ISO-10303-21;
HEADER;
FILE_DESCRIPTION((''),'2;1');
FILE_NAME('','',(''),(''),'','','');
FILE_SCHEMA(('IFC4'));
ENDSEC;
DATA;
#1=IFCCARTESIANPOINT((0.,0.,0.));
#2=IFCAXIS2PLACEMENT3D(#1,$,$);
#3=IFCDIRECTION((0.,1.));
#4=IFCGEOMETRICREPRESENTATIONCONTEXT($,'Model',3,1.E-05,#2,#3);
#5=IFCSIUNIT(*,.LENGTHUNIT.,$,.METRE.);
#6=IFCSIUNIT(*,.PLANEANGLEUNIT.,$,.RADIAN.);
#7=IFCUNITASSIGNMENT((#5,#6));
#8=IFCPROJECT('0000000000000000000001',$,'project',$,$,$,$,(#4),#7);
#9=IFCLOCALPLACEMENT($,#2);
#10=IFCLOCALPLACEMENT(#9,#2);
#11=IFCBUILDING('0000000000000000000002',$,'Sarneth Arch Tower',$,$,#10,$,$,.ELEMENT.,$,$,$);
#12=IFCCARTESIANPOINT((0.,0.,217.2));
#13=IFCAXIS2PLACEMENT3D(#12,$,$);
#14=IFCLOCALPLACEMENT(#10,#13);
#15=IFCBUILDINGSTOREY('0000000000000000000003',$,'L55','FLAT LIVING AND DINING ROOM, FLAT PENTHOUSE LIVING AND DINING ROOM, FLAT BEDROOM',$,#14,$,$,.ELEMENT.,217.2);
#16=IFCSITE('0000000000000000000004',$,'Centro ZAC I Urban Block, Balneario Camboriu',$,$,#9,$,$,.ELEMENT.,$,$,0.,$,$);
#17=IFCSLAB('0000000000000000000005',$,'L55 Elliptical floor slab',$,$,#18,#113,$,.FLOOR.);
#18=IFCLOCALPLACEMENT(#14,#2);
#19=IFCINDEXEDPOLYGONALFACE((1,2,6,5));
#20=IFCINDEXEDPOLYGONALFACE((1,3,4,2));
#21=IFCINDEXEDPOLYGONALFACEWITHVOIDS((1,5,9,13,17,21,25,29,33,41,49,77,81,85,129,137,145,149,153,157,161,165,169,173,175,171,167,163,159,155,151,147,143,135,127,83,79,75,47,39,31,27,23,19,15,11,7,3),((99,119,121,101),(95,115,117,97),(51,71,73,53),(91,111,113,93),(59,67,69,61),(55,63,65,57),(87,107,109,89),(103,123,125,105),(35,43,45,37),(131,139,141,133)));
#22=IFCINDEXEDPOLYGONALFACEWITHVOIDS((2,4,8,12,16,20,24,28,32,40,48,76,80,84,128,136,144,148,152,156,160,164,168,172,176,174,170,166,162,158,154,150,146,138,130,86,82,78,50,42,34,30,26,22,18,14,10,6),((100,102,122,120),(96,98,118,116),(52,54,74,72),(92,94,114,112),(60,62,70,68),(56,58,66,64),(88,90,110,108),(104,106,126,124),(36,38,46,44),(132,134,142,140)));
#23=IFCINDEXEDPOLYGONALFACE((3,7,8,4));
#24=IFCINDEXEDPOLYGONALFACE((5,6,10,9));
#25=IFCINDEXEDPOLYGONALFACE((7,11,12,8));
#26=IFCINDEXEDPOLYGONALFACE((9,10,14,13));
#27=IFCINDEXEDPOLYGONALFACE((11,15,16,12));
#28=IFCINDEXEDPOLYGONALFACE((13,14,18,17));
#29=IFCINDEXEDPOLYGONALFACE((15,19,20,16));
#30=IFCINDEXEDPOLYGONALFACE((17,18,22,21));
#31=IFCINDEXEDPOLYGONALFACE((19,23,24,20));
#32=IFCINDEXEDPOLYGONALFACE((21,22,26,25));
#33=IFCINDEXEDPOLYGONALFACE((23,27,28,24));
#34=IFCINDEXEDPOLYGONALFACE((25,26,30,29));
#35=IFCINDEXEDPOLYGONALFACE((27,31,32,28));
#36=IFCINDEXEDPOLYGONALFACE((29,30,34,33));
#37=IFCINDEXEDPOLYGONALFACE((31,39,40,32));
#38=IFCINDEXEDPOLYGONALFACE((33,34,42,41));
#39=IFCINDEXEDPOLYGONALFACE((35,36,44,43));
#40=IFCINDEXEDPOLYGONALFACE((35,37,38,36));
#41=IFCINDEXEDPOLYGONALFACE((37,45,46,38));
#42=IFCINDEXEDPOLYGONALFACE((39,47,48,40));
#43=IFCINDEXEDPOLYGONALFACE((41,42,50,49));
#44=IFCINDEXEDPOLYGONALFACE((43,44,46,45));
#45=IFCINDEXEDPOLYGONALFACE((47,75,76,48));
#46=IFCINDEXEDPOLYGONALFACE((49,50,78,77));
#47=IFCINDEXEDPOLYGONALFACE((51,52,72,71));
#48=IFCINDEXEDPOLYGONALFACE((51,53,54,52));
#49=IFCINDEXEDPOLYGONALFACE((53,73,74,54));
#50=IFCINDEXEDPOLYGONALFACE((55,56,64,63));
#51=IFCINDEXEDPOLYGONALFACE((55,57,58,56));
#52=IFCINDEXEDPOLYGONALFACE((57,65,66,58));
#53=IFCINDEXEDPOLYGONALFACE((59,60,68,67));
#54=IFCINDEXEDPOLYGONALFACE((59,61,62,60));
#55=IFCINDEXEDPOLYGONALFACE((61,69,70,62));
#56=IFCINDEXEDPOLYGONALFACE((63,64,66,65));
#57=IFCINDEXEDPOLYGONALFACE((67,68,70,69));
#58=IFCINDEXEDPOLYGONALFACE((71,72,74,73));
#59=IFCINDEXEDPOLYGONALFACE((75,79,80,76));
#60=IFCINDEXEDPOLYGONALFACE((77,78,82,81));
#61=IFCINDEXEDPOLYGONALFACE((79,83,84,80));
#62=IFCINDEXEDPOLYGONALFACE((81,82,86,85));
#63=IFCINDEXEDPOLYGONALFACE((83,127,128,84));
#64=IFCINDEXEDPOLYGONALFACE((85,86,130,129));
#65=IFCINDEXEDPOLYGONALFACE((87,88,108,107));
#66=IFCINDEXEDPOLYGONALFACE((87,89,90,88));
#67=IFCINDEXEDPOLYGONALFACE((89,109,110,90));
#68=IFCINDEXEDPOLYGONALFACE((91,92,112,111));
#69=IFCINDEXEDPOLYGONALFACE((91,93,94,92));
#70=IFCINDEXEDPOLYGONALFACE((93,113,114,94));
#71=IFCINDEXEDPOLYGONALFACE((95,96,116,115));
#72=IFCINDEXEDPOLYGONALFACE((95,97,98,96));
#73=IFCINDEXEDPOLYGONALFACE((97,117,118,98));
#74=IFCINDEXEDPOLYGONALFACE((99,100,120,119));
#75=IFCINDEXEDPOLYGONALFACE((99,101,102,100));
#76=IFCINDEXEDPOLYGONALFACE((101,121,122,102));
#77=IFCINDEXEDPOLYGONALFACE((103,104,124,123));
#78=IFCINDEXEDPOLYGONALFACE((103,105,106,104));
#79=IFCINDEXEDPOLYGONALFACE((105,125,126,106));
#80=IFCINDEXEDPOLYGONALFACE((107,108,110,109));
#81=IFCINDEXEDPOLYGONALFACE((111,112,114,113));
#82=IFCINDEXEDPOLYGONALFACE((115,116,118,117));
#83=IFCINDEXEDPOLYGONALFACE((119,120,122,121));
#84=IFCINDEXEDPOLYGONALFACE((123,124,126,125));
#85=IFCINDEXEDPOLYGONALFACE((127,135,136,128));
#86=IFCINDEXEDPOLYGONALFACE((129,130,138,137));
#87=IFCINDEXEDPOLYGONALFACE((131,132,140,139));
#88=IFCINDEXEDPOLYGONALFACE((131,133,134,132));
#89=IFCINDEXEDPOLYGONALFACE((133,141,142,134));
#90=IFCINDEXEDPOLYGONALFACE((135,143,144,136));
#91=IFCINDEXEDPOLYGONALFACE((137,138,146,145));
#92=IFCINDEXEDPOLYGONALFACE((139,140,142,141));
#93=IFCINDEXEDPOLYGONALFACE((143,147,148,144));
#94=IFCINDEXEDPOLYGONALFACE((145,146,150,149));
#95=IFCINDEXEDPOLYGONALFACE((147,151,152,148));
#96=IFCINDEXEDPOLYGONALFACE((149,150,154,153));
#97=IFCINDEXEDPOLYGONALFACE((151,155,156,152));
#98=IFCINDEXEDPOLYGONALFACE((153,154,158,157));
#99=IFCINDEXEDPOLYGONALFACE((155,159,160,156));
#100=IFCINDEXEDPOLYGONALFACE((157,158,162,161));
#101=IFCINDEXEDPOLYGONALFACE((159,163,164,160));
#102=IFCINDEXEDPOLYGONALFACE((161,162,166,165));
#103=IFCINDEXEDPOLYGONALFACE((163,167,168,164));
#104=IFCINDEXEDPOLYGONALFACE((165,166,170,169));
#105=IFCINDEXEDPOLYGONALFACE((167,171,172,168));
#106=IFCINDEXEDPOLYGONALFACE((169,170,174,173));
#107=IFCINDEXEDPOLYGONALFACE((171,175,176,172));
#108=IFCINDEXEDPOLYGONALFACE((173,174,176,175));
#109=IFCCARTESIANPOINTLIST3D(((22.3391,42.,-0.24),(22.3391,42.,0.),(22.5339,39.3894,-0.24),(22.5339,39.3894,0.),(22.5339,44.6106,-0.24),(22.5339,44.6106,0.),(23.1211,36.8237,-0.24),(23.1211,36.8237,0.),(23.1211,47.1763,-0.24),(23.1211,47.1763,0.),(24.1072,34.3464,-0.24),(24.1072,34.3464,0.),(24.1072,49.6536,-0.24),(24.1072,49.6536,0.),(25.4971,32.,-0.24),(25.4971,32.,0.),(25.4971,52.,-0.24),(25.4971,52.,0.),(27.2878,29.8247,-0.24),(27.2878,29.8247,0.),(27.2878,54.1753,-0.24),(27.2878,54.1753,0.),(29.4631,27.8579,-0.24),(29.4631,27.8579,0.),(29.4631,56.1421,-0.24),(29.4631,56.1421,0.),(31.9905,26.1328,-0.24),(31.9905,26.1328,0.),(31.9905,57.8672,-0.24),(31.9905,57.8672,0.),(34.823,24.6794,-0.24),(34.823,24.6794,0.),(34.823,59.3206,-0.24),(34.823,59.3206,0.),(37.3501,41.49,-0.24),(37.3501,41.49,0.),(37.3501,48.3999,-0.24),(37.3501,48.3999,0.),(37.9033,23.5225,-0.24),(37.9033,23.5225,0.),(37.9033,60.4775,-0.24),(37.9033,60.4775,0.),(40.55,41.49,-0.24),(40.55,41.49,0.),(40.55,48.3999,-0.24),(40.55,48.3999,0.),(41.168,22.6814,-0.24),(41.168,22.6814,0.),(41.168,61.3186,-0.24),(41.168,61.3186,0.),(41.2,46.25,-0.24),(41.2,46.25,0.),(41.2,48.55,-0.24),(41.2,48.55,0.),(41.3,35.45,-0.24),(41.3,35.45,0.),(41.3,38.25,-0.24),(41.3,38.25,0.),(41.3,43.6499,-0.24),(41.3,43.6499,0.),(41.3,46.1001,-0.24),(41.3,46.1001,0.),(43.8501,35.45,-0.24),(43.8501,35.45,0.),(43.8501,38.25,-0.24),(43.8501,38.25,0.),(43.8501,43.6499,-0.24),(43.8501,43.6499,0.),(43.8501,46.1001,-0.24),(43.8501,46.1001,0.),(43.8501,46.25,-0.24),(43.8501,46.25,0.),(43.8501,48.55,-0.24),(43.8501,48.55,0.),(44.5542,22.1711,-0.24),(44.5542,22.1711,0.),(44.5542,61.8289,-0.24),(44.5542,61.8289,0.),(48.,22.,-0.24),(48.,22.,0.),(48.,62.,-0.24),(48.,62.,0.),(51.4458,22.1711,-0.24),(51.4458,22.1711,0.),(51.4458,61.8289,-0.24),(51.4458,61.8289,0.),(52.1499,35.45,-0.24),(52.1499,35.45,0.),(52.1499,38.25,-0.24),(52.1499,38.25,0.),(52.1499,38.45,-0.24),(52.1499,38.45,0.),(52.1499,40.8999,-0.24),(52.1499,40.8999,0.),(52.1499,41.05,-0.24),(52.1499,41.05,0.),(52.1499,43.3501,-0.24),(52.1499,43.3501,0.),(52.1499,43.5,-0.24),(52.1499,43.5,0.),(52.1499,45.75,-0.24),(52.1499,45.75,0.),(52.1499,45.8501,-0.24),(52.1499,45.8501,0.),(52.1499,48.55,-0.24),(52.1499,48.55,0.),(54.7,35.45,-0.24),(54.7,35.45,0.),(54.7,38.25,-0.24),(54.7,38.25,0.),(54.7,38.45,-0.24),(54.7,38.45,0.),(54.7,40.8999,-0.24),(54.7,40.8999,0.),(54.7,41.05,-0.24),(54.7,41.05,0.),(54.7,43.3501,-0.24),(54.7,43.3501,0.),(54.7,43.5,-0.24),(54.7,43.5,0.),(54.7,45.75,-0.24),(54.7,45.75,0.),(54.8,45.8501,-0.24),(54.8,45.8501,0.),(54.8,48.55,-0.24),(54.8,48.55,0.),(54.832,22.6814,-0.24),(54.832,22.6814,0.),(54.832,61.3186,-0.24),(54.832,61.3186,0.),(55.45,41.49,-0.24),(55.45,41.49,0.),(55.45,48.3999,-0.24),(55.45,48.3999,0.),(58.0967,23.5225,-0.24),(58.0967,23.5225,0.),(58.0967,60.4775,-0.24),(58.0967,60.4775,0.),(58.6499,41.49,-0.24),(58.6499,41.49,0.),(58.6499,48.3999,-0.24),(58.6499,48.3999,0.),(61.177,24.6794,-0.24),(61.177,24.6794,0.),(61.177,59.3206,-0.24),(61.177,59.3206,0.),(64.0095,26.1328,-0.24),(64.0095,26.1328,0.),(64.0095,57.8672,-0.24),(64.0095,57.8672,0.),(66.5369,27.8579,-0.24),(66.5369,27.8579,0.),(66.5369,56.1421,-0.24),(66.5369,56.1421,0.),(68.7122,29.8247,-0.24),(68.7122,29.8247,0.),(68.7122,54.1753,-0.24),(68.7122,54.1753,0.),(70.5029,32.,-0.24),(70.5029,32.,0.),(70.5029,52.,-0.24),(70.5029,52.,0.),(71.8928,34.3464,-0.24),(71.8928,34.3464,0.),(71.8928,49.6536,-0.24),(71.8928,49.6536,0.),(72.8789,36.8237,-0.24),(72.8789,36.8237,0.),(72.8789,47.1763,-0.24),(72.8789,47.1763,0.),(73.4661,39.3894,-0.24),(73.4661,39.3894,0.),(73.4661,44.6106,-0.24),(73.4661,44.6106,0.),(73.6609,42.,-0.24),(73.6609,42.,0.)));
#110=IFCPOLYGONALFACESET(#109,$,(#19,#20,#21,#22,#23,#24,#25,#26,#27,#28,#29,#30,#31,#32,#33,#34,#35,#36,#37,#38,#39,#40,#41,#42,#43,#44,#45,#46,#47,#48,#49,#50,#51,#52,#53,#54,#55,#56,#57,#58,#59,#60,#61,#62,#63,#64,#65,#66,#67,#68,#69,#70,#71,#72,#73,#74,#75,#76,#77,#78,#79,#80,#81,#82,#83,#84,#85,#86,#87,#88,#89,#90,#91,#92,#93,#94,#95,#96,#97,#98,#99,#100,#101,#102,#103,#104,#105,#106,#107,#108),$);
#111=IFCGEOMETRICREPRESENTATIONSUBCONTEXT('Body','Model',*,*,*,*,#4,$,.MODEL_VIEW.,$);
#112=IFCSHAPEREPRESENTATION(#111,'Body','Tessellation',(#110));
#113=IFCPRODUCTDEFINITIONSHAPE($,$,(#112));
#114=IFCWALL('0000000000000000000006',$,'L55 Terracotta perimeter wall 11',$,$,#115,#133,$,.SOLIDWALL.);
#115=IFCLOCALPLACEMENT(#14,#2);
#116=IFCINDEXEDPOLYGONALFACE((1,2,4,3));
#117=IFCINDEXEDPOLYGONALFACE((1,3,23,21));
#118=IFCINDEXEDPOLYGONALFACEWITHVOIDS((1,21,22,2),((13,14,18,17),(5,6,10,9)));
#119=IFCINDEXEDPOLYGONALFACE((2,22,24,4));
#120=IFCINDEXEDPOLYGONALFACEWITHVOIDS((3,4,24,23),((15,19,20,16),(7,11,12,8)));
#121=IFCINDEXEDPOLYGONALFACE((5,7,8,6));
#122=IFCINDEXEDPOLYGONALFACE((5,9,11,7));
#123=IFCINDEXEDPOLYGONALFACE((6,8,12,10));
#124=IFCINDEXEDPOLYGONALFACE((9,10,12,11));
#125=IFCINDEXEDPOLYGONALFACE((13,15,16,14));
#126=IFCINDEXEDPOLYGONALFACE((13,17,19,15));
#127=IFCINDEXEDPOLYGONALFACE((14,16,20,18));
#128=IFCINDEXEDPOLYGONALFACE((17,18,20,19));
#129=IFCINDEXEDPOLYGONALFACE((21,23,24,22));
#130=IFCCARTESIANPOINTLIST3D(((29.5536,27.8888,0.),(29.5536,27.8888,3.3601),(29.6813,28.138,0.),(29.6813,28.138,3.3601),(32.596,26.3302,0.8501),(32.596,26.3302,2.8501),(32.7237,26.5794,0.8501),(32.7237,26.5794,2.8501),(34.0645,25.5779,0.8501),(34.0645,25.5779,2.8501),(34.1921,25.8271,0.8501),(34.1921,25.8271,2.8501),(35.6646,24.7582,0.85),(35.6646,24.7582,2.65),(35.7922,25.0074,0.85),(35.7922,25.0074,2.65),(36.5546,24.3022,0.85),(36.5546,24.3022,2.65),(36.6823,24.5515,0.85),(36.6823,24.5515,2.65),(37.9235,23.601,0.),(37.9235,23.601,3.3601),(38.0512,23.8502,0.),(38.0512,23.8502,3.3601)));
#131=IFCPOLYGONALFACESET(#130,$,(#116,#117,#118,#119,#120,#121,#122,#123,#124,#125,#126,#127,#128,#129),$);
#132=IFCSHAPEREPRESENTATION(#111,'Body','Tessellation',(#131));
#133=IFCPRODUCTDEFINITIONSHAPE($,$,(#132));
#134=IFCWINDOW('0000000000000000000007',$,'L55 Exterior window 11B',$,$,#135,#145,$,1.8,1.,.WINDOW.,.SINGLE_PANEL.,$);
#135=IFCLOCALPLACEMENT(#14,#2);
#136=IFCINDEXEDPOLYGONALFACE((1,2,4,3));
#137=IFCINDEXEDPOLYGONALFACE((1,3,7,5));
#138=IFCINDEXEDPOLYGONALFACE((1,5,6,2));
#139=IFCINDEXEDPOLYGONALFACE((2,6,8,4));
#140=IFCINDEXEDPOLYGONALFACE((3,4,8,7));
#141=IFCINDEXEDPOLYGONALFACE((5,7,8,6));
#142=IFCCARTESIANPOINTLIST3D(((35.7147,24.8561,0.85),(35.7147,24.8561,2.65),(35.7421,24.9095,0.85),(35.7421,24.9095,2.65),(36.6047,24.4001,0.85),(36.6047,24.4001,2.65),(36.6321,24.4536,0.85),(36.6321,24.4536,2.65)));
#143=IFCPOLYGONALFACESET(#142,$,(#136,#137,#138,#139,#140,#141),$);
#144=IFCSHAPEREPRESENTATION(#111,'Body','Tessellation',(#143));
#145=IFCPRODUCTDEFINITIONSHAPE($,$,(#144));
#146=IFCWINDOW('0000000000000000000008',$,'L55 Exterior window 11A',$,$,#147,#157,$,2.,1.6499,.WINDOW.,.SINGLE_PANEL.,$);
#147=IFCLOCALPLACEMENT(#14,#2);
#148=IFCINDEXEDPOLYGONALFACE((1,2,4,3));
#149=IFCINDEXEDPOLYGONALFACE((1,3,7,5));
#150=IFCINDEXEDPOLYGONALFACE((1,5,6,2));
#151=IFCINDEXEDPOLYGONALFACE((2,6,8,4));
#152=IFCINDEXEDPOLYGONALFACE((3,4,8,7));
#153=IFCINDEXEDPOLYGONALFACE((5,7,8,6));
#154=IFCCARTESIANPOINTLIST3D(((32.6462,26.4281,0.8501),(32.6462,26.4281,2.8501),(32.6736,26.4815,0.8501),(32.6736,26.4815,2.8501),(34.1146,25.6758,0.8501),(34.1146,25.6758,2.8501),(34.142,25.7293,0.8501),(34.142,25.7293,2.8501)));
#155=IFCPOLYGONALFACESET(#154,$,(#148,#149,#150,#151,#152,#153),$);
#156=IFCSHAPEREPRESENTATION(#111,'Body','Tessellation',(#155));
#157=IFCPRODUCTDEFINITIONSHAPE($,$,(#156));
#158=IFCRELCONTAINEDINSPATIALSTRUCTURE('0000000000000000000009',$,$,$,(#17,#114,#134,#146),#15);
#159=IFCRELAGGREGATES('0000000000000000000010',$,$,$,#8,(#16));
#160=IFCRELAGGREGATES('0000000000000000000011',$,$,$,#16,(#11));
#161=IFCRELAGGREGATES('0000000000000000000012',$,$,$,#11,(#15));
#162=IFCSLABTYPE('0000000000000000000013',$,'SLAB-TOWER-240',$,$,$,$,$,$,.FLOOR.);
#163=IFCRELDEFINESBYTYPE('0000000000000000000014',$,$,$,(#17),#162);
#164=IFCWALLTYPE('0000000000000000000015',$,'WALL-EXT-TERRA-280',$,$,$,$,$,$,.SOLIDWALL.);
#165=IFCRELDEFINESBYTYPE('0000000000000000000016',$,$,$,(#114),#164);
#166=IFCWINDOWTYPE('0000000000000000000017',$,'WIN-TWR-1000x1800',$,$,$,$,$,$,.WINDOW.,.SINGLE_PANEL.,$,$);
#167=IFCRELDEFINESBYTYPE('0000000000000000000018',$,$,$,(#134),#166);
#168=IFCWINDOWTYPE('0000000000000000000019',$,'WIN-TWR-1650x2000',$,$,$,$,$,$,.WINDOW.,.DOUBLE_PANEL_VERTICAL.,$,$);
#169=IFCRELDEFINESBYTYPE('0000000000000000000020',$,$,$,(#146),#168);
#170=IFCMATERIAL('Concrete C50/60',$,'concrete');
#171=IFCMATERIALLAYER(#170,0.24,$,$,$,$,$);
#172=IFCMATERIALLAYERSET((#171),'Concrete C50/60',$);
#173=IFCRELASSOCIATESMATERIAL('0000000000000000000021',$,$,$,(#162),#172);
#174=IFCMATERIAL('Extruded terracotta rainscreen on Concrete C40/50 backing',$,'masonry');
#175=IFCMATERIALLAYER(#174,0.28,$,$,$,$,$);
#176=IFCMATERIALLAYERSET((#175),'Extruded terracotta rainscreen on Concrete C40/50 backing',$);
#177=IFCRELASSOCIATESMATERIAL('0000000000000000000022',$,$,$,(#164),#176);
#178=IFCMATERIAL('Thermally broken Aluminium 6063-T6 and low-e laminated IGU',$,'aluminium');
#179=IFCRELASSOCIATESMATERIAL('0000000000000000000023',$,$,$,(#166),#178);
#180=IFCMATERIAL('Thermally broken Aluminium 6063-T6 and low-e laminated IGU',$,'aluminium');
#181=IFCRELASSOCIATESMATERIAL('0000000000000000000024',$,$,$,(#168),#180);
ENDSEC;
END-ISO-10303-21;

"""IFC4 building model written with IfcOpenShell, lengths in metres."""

from ifc_helpers import new_model, si_unit, direction, frame, frame_2d, origin, place, context, subcontext, project, spatial, polyline, rectangle, outline, extrude, material, layer, layer_set, type_object, element, fill, save


model = new_model("IFC4")

# Units and contexts
model_context = context("Model", 3, precision=1e-05, world=origin(), true_north=direction((0.0, 1.0)))
body_context = subcontext(model_context, "Body", "Model", "MODEL_VIEW")
ifc_project = project(units=[si_unit("LENGTHUNIT", "METRE"), si_unit("PLANEANGLEUNIT", "RADIAN")], contexts=[model_context])

# Site, building, storey
site_placement = place(None, origin())
site = spatial("IfcSite", under=ifc_project, at=site_placement, Name="Centro ZAC I Urban Block, Balneario Camboriu", CompositionType="ELEMENT", RefElevation=0.0)
building_placement = place(site_placement, origin())
building = spatial("IfcBuilding", under=site, at=building_placement, Name="Sarneth Arch Tower", CompositionType="ELEMENT")
storey_placement = place(building_placement, frame((0.0, 0.0, 217.2)))
storey = spatial("IfcBuildingStorey", under=building, at=storey_placement, Name="L55", Description="FLAT LIVING AND DINING ROOM, FLAT PENTHOUSE LIVING AND DINING ROOM, FLAT BEDROOM", CompositionType="ELEMENT", Elevation=217.2)

# Slab
ifc_material_1 = material(Name="Concrete C50/60", Category="concrete")
ifc_layer_1 = layer(ifc_material_1, 0.24)
ifc_layer_set_1 = layer_set([ifc_layer_1], Name="Concrete C50/60")
slab_type_1 = type_object("IfcSlabType", Name="SLAB-TOWER-240", PredefinedType="FLOOR", material=ifc_layer_set_1)
slab_1_placement = place(storey_placement, frame((0.0, 0.0, -0.24)))
element("IfcSlab", 1, at=slab_1_placement, inside=storey, type_object=slab_type_1, Name="L55 Elliptical floor slab", PredefinedType="FLOOR", context=body_context, shape_type="SweptSolid", body=[
    extrude(outline(polyline([(73.6609, 42.0), (73.4661, 44.6106), (72.8789, 47.1763), (71.8928, 49.6536), (70.5029, 52.0), (68.7122, 54.1753), (66.5369, 56.1421), (64.0095, 57.8672), (61.177, 59.3206), (58.0967, 60.4775), (54.832, 61.3186), (51.4458, 61.8289), (48.0, 62.0), (44.5542, 61.8289), (41.168, 61.3186), (37.9033, 60.4775), (34.823, 59.3206), (31.9905, 57.8672), (29.4631, 56.1421), (27.2878, 54.1753), (25.4971, 52.0), (24.1072, 49.6536), (23.1211, 47.1763), (22.5339, 44.6106), (22.3391, 42.0), (22.5339, 39.3894), (23.1211, 36.8237), (24.1072, 34.3464), (25.4971, 32.0), (27.2878, 29.8247), (29.4631, 27.8579), (31.9905, 26.1328), (34.823, 24.6794), (37.9033, 23.5225), (41.168, 22.6814), (44.5542, 22.1711), (48.0, 22.0), (51.4458, 22.1711), (54.832, 22.6814), (58.0967, 23.5225), (61.177, 24.6794), (64.0095, 26.1328), (66.5369, 27.8579), (68.7122, 29.8247), (70.5029, 32.0), (71.8928, 34.3464), (72.8789, 36.8237), (73.4661, 39.3894), (73.6609, 42.0)]), holes=[polyline([(37.3501, 41.49), (40.55, 41.49), (40.55, 48.3999), (37.3501, 48.3999), (37.3501, 41.49)]), polyline([(55.45, 41.49), (58.6499, 41.49), (58.6499, 48.3999), (55.45, 48.3999), (55.45, 41.49)]), polyline([(41.2, 46.25), (43.8501, 46.25), (43.8501, 48.55), (41.2, 48.55), (41.2, 46.25)]), polyline([(41.3, 35.45), (43.8501, 35.45), (43.8501, 38.25), (41.3, 38.25), (41.3, 35.45)]), polyline([(52.1499, 35.45), (54.7, 35.45), (54.7, 38.25), (52.1499, 38.25), (52.1499, 35.45)]), polyline([(52.1499, 45.8501), (54.8, 45.8501), (54.8, 48.55), (52.1499, 48.55), (52.1499, 45.8501)]), polyline([(41.3, 43.6499), (43.8501, 43.6499), (43.8501, 46.1001), (41.3, 46.1001), (41.3, 43.6499)]), polyline([(52.1499, 38.45), (54.7, 38.45), (54.7, 40.8999), (52.1499, 40.8999), (52.1499, 38.45)]), polyline([(52.1499, 41.05), (54.7, 41.05), (54.7, 43.3501), (52.1499, 43.3501), (52.1499, 41.05)]), polyline([(52.1499, 43.5), (54.7, 43.5), (54.7, 45.75), (52.1499, 45.75), (52.1499, 43.5)])]), origin(), (0.0, 0.0, 1.0), 0.24),
])

# Wall, openings, windows
ifc_material_2 = material(Name="Extruded terracotta rainscreen on Concrete C40/50 backing", Category="masonry")
ifc_layer_2 = layer(ifc_material_2, 0.28)
ifc_layer_set_2 = layer_set([ifc_layer_2], Name="Extruded terracotta rainscreen on Concrete C40/50 backing")
wall_type_1 = type_object("IfcWallType", Name="WALL-EXT-TERRA-280", PredefinedType="SOLIDWALL", material=ifc_layer_set_2)
wall_1_placement = place(storey_placement, frame((29.6174, 28.0134, 0.0), z_axis=(0.0, 0.0, 1.0), x_axis=(0.890007, -0.455946, 0.0)))
wall_1 = element("IfcWall", 2, at=wall_1_placement, inside=storey, type_object=wall_type_1, Name="L55 Terracotta perimeter wall 11", PredefinedType="SOLIDWALL", context=body_context, shape_type="SweptSolid", body=[
    extrude(rectangle(XDim=9.4043, YDim=0.28, at=frame_2d((4.7021, 0.0))), origin(), (0.0, 0.0, 1.0), 3.3601),
])
opening_1_placement = place(wall_1_placement, frame((3.4185, 0.0, 0.8501)))
opening_1 = element("IfcOpeningElement", 3, at=opening_1_placement, cuts=wall_1, PredefinedType="OPENING", context=body_context, shape_type="SweptSolid", body=[
    extrude(rectangle(XDim=1.6499, YDim=2.0, at=frame_2d((0.825, 1.0))), frame((0.0, 0.1499, 0.0), z_axis=(0.0, -1.0, 0.0), x_axis=(1.0, 0.0, 0.0)), (0.0, 0.0, 1.0), 0.3),
])
opening_2_placement = place(wall_1_placement, frame((6.8662, 0.0, 0.8501)))
opening_2 = element("IfcOpeningElement", 4, at=opening_2_placement, cuts=wall_1, PredefinedType="OPENING", context=body_context, shape_type="SweptSolid", body=[
    extrude(rectangle(XDim=1.0, YDim=1.8, at=frame_2d((0.5, 0.8999))), frame((0.0, 0.1499, 0.0), z_axis=(0.0, -1.0, 0.0), x_axis=(1.0, 0.0, 0.0)), (0.0, 0.0, 1.0), 0.3),
])
ifc_material_3 = material(Name="Thermally broken Aluminium 6063-T6 and low-e laminated IGU", Category="aluminium")
window_type_1 = type_object("IfcWindowType", Name="WIN-TWR-1000x1800", PartitioningType="SINGLE_PANEL", PredefinedType="WINDOW", material=ifc_material_3)
window_1_placement = place(opening_2_placement, origin())
window_1 = element("IfcWindow", 5, at=window_1_placement, inside=storey, type_object=window_type_1, Name="L55 Exterior window 11B", OverallHeight=1.8, OverallWidth=1.0, PartitioningType="SINGLE_PANEL", PredefinedType="WINDOW", context=body_context, shape_type="SweptSolid", body=[
    extrude(rectangle(XDim=1.0, YDim=1.8, at=frame_2d((0.5, 0.8999))), frame((0.0, 0.03, 0.0), z_axis=(0.0, -1.0, 0.0), x_axis=(1.0, 0.0, 0.0)), (0.0, 0.0, 1.0), 0.0601),
])
fill(opening_2, window_1)
ifc_material_4 = material(Name="Thermally broken Aluminium 6063-T6 and low-e laminated IGU", Category="aluminium")
window_type_2 = type_object("IfcWindowType", Name="WIN-TWR-1650x2000", PartitioningType="DOUBLE_PANEL_VERTICAL", PredefinedType="WINDOW", material=ifc_material_4)
window_2_placement = place(opening_1_placement, origin())
window_2 = element("IfcWindow", 6, at=window_2_placement, inside=storey, type_object=window_type_2, Name="L55 Exterior window 11A", OverallHeight=2.0, OverallWidth=1.6499, PartitioningType="SINGLE_PANEL", PredefinedType="WINDOW", context=body_context, shape_type="SweptSolid", body=[
    extrude(rectangle(XDim=1.6499, YDim=2.0, at=frame_2d((0.825, 1.0))), frame((0.0, 0.03, 0.0), z_axis=(0.0, -1.0, 0.0), x_axis=(1.0, 0.0, 0.0)), (0.0, 0.0, 1.0), 0.0601),
])
fill(opening_1, window_2)

save(model, "model.ifc")
